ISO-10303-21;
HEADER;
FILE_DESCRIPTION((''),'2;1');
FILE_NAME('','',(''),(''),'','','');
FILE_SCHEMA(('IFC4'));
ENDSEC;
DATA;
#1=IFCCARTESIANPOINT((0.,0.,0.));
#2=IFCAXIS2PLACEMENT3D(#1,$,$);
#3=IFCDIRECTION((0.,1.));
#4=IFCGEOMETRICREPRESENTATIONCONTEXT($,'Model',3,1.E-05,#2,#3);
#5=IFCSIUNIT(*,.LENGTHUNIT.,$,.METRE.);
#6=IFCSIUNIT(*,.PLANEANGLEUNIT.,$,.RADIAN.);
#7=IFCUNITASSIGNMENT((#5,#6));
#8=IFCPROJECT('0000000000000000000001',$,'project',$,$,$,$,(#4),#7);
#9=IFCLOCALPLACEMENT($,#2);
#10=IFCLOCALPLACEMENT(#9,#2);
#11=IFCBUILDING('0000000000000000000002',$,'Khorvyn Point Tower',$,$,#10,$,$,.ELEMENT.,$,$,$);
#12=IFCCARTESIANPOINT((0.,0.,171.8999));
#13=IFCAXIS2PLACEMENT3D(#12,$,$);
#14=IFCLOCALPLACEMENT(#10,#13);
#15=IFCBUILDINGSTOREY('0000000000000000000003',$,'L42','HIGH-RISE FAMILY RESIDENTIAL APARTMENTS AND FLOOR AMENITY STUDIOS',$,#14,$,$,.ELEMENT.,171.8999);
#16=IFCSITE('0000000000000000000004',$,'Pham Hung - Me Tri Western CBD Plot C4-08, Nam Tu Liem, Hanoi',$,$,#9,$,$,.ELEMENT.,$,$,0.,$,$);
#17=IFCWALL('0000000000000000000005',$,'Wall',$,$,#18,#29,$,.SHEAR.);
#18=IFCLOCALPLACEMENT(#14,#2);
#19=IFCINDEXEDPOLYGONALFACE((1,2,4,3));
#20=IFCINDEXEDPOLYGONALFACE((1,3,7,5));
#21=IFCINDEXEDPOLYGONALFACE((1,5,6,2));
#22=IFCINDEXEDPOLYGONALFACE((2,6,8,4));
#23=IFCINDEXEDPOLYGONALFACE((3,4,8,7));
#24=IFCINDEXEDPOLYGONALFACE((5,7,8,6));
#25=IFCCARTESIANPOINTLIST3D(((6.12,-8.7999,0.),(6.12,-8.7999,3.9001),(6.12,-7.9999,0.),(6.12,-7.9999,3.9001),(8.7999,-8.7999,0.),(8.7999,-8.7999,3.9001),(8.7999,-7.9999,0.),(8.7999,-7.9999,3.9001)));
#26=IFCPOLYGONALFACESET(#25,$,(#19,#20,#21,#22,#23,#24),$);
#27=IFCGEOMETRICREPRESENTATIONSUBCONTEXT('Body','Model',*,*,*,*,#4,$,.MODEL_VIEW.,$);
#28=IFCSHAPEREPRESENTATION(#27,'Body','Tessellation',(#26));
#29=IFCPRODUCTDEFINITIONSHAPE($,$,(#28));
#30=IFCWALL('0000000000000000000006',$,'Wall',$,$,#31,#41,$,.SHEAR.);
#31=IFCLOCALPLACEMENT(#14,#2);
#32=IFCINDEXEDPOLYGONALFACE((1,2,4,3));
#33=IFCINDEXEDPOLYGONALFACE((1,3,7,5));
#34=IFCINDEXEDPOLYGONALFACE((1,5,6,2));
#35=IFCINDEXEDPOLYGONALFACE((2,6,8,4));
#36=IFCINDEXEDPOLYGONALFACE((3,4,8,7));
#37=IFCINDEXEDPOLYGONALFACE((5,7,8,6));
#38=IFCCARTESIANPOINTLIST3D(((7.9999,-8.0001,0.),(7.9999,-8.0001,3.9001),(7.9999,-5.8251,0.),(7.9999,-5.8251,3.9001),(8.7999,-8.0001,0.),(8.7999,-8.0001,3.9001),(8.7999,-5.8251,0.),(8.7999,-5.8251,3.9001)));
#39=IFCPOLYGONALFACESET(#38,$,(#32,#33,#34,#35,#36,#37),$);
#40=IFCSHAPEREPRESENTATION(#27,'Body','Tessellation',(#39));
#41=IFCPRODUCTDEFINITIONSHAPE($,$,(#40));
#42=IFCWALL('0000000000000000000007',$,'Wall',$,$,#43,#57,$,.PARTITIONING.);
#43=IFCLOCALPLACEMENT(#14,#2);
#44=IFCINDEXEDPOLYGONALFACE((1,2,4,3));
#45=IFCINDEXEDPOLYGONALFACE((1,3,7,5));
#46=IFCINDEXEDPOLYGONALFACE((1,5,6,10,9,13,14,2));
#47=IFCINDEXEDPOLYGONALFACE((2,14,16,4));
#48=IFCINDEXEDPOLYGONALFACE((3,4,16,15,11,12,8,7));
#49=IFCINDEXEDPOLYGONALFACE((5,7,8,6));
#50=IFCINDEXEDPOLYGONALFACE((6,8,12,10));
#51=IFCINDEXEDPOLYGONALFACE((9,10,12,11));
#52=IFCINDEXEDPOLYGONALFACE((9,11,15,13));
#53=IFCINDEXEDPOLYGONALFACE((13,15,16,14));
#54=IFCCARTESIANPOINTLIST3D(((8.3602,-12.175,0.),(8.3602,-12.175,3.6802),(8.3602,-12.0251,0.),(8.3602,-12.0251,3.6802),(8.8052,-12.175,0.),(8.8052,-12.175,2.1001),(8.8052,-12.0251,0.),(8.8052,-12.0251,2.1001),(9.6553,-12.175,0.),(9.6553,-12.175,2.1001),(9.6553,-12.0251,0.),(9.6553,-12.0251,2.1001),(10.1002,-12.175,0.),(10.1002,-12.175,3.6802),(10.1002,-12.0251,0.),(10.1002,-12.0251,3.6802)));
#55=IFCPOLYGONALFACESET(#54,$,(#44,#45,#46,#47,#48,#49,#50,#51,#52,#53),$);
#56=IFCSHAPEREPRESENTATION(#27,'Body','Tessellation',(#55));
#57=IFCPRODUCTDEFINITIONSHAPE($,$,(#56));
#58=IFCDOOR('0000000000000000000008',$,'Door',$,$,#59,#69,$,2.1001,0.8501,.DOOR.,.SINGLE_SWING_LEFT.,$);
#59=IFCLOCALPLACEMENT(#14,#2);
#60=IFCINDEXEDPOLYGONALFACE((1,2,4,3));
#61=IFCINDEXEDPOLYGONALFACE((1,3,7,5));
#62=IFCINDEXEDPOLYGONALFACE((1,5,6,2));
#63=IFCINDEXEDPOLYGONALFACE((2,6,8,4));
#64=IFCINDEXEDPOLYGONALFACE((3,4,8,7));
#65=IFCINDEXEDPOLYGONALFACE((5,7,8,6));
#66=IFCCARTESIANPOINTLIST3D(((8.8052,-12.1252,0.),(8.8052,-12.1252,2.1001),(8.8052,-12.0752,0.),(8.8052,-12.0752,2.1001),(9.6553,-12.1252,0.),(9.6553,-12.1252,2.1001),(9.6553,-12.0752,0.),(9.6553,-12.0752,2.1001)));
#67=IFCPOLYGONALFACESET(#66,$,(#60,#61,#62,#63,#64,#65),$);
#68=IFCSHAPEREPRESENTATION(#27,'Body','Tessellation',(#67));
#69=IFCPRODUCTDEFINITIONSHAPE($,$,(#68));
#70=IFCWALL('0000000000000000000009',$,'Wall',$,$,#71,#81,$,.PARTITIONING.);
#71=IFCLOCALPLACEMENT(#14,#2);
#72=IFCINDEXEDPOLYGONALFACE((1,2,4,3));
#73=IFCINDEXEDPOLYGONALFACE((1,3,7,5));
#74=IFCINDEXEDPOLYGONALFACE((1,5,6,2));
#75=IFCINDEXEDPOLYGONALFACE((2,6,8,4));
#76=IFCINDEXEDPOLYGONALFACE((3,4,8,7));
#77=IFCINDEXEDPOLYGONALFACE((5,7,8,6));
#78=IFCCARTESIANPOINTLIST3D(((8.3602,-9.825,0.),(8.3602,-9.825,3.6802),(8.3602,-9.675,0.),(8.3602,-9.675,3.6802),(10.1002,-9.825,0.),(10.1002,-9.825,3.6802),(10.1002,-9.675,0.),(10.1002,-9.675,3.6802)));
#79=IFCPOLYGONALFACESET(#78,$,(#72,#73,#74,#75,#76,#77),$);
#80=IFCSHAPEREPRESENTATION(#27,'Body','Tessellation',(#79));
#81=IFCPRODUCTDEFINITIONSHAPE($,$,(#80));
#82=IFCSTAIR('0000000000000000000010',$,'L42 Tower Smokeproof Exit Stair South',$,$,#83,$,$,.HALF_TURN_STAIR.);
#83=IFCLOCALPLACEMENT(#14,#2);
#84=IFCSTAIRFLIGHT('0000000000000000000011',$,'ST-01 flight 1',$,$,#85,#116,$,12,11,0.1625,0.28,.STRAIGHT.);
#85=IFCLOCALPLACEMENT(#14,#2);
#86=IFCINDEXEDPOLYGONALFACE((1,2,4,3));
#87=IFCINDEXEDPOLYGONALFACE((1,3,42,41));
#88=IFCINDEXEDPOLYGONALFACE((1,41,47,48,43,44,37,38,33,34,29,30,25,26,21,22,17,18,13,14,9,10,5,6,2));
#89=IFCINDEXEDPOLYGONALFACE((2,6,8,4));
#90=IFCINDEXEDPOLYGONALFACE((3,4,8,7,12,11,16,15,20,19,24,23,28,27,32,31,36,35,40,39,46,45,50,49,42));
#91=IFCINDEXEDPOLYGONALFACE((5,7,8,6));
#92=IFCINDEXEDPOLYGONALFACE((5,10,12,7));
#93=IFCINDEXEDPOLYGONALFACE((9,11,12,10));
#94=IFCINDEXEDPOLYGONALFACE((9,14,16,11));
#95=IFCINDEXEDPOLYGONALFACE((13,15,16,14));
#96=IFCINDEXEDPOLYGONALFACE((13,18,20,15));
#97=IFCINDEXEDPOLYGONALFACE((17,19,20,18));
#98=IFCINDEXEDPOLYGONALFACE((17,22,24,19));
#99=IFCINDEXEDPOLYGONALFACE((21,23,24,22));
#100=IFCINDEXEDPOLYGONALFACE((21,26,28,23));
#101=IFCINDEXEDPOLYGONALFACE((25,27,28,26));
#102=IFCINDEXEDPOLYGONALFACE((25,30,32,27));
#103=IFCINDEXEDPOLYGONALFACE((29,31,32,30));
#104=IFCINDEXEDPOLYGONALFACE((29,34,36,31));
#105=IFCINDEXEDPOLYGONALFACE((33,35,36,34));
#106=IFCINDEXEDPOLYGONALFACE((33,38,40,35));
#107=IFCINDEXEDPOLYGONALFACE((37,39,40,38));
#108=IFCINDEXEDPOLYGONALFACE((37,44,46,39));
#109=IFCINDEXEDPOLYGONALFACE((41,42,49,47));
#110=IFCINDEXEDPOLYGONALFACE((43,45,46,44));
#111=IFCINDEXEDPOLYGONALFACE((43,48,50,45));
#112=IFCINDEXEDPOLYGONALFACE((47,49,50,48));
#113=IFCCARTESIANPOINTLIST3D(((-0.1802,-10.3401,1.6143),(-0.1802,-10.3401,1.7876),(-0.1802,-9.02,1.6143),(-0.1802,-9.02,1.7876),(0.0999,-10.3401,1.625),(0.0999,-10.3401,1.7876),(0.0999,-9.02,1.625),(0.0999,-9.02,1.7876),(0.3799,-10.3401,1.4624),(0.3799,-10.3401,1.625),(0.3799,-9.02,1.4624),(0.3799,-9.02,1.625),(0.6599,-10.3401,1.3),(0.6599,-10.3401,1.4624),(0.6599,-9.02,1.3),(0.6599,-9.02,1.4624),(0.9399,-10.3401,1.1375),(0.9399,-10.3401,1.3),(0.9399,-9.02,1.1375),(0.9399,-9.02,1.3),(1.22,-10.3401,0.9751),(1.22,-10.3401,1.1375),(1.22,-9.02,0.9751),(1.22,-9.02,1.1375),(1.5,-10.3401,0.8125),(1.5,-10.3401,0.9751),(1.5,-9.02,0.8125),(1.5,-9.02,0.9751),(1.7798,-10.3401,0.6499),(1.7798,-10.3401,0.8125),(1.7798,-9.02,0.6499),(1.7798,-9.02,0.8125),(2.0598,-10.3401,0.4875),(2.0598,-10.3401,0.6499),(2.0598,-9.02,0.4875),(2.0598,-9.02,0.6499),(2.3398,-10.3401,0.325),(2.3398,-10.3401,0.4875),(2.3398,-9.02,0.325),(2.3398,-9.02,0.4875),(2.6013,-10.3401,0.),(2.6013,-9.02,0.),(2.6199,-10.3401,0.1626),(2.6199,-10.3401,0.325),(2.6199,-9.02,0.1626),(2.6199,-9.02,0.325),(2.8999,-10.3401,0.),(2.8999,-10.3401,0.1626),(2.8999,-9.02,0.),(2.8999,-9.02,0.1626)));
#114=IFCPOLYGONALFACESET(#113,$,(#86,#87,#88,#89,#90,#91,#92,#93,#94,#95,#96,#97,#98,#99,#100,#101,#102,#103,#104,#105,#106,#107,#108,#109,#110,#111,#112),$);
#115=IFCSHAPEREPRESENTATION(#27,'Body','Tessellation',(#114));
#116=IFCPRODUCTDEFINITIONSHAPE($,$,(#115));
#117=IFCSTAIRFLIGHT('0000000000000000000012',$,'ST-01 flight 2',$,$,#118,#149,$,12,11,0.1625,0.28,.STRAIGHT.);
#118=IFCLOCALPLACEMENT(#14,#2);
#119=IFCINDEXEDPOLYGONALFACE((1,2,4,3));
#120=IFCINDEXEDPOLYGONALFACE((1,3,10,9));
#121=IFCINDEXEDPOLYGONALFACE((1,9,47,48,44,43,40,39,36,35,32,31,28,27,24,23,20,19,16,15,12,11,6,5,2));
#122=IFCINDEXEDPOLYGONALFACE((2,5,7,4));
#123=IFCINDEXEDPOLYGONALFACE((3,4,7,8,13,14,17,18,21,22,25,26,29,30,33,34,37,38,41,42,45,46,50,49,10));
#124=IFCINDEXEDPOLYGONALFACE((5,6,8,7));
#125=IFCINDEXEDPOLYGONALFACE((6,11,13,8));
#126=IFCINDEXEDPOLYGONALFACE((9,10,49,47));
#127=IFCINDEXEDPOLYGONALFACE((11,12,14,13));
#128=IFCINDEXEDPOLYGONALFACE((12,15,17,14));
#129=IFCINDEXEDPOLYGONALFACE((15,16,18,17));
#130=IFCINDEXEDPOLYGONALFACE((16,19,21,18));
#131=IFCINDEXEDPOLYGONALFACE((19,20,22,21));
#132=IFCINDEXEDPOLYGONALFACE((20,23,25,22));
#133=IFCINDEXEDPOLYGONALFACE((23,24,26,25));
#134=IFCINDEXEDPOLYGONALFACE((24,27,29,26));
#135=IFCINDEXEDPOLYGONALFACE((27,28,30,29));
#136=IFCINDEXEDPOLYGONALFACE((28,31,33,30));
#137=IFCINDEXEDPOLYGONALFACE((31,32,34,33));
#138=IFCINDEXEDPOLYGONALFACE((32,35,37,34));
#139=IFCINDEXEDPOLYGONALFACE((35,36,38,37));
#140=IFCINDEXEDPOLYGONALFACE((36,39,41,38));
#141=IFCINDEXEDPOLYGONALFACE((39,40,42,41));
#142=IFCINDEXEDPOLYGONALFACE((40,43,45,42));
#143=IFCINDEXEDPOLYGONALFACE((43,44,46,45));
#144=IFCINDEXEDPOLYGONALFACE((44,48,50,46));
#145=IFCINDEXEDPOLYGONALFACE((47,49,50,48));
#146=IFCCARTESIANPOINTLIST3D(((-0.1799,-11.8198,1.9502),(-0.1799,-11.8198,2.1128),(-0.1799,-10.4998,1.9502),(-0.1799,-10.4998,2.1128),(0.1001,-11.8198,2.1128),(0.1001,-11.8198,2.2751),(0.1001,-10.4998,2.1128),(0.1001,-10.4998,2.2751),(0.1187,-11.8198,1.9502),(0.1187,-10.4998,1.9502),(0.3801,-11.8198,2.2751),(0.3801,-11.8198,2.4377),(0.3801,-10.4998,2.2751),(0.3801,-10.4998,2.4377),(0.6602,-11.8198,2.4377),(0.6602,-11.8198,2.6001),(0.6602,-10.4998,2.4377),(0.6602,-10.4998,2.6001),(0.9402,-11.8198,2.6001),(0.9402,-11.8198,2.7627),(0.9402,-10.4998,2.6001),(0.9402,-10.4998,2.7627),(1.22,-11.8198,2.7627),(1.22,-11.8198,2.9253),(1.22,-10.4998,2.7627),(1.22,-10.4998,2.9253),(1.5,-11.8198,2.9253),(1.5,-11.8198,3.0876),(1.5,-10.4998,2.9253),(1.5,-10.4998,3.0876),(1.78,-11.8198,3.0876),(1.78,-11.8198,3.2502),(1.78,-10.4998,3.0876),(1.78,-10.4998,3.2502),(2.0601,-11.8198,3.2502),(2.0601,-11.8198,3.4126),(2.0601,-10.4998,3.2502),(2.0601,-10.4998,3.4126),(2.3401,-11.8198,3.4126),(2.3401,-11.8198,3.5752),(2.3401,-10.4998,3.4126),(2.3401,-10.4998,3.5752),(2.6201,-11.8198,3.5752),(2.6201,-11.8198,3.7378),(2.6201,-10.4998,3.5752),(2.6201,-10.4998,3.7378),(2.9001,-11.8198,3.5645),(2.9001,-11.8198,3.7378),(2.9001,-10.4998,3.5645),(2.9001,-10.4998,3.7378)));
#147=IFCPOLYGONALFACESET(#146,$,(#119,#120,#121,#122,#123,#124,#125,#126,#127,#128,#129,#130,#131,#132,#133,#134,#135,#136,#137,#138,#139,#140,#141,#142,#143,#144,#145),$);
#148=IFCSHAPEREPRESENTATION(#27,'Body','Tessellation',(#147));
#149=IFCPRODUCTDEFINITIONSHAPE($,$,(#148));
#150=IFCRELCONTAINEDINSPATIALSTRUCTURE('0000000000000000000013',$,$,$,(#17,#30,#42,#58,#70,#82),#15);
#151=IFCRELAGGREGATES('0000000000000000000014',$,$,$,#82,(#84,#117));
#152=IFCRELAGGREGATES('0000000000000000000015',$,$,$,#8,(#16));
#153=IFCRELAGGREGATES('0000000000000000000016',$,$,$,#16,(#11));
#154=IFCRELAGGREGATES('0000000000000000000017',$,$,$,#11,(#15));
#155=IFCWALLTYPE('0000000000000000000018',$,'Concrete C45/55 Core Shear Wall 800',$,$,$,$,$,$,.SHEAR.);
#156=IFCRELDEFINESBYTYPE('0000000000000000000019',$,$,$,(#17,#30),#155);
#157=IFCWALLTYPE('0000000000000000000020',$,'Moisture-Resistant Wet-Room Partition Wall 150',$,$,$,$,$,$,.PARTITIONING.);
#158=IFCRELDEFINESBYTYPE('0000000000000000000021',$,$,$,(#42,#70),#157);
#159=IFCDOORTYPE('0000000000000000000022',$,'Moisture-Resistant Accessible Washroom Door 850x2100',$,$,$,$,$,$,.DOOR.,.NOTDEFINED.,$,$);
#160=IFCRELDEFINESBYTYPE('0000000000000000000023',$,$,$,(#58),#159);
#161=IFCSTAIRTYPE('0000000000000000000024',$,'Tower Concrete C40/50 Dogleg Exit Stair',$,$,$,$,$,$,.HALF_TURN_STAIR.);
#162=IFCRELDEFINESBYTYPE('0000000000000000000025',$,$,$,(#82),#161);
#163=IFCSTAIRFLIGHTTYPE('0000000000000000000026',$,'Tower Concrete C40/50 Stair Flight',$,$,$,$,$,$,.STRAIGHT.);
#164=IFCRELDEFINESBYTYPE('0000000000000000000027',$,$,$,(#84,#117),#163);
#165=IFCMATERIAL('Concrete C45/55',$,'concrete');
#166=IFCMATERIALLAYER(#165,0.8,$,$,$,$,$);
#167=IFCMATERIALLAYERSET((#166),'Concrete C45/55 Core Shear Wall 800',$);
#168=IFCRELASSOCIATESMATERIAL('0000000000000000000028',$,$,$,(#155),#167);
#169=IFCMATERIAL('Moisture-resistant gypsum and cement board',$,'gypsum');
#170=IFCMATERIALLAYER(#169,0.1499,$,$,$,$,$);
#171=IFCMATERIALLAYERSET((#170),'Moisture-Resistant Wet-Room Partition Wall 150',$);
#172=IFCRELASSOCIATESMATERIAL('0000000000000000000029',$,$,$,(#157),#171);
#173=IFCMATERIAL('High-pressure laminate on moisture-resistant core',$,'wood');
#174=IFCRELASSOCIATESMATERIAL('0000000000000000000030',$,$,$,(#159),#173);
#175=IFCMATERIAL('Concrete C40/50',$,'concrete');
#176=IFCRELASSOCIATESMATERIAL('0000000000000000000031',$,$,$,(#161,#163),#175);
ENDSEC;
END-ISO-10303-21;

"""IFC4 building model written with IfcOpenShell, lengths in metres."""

from ifc_helpers import new_model, si_unit, direction, frame, frame_2d, origin, place, context, subcontext, project, spatial, polyline, rectangle, outline, extrude, material, layer, layer_set, type_object, element, fill, aggregate, save


model = new_model("IFC4")

# Units and contexts
model_context = context("Model", 3, precision=1e-05, world=origin(), true_north=direction((0.0, 1.0)))
body_context = subcontext(model_context, "Body", "Model", "MODEL_VIEW")
ifc_project = project(units=[si_unit("LENGTHUNIT", "METRE"), si_unit("PLANEANGLEUNIT", "RADIAN")], contexts=[model_context])

# Site, building, storey
site_placement = place(None, origin())
site = spatial("IfcSite", under=ifc_project, at=site_placement, Name="Pham Hung - Me Tri Western CBD Plot C4-08, Nam Tu Liem, Hanoi", CompositionType="ELEMENT", RefElevation=0.0)
building_placement = place(site_placement, origin())
building = spatial("IfcBuilding", under=site, at=building_placement, Name="Khorvyn Point Tower", CompositionType="ELEMENT")
storey_placement = place(building_placement, frame((0.0, 0.0, 171.8999)))
storey = spatial("IfcBuildingStorey", under=building, at=storey_placement, Name="L42", Description="HIGH-RISE FAMILY RESIDENTIAL APARTMENTS AND FLOOR AMENITY STUDIOS", CompositionType="ELEMENT", Elevation=171.8999)

# Shared definitions
ifc_material_1 = material(Name="Concrete C45/55", Category="concrete")

# Shared definitions
ifc_material_2 = material(Name="Concrete C40/50", Category="concrete")

# Walls
ifc_layer_1 = layer(ifc_material_1, 0.8)
ifc_layer_set_1 = layer_set([ifc_layer_1], Name="Concrete C45/55 Core Shear Wall 800")
wall_type_1 = type_object("IfcWallType", Name="Concrete C45/55 Core Shear Wall 800", PredefinedType="SHEAR", material=ifc_layer_set_1)
wall_1_placement = place(storey_placement, frame((6.1201, -8.3999, 0.0), z_axis=(0.0, 0.0, 1.0), x_axis=(1.0, 0.0, 0.0)))
element("IfcWall", 1, at=wall_1_placement, inside=storey, type_object=wall_type_1, Name="Wall", PredefinedType="SHEAR", context=body_context, shape_type="SweptSolid", body=[
    extrude(rectangle(XDim=2.6799, YDim=0.8, at=frame_2d((1.3398, 0.0))), origin(), (0.0, 0.0, 1.0), 3.9001),
])
wall_2_placement = place(storey_placement, frame((8.3999, -8.0, 0.0), z_axis=(0.0, 0.0, 1.0), x_axis=(0.0, 1.0, 0.0)))
element("IfcWall", 2, at=wall_2_placement, inside=storey, type_object=wall_type_1, Name="Wall", PredefinedType="SHEAR", context=body_context, shape_type="SweptSolid", body=[
    extrude(rectangle(XDim=2.175, YDim=0.8, at=frame_2d((1.0874, 0.0))), origin(), (0.0, 0.0, 1.0), 3.9001),
])

# Wall, opening, door
ifc_material_3 = material(Name="Moisture-resistant gypsum and cement board", Category="gypsum")
ifc_layer_2 = layer(ifc_material_3, 0.1499)
ifc_layer_set_2 = layer_set([ifc_layer_2], Name="Moisture-Resistant Wet-Room Partition Wall 150")
wall_type_2 = type_object("IfcWallType", Name="Moisture-Resistant Wet-Room Partition Wall 150", PredefinedType="PARTITIONING", material=ifc_layer_set_2)
wall_3_placement = place(storey_placement, frame((8.3601, -12.1001, 0.0), z_axis=(0.0, 0.0, 1.0), x_axis=(1.0, 0.0, 0.0)))
wall_3 = element("IfcWall", 3, at=wall_3_placement, inside=storey, type_object=wall_type_2, Name="Wall", PredefinedType="PARTITIONING", context=body_context, shape_type="SweptSolid", body=[
    extrude(rectangle(XDim=1.74, YDim=0.1499, at=frame_2d((0.8701, 0.0))), origin(), (0.0, 0.0, 1.0), 3.6802),
])
opening_1_placement = place(wall_3_placement, frame((0.4451, 0.0, 0.0)))
opening_1 = element("IfcOpeningElement", 4, at=opening_1_placement, cuts=wall_3, PredefinedType="OPENING", context=body_context, shape_type="SweptSolid", body=[
    extrude(rectangle(XDim=0.8501, YDim=2.1001, at=frame_2d((0.425, 1.05))), frame((0.0, 0.085, 0.0), z_axis=(0.0, -1.0, 0.0), x_axis=(1.0, 0.0, 0.0)), (0.0, 0.0, 1.0), 0.1699),
])
ifc_material_4 = material(Name="High-pressure laminate on moisture-resistant core", Category="wood")
door_type_1 = type_object("IfcDoorType", Name="Moisture-Resistant Accessible Washroom Door 850x2100", OperationType="NOTDEFINED", PredefinedType="DOOR", material=ifc_material_4)
door_1_placement = place(opening_1_placement, origin())
door_1 = element("IfcDoor", 5, at=door_1_placement, inside=storey, type_object=door_type_1, Name="Door", OperationType="SINGLE_SWING_LEFT", OverallHeight=2.1001, OverallWidth=0.8501, PredefinedType="DOOR", context=body_context, shape_type="SweptSolid", body=[
    extrude(rectangle(XDim=0.8501, YDim=2.1001, at=frame_2d((0.425, 1.05))), frame((0.0, 0.0249, 0.0), z_axis=(0.0, -1.0, 0.0), x_axis=(1.0, 0.0, 0.0)), (0.0, 0.0, 1.0), 0.05),
])
fill(opening_1, door_1)

# Wall
wall_4_placement = place(storey_placement, frame((8.3601, -9.75, 0.0), z_axis=(0.0, 0.0, 1.0), x_axis=(1.0, 0.0, 0.0)))
element("IfcWall", 6, at=wall_4_placement, inside=storey, type_object=wall_type_2, Name="Wall", PredefinedType="PARTITIONING", context=body_context, shape_type="SweptSolid", body=[
    extrude(rectangle(XDim=1.74, YDim=0.1499, at=frame_2d((0.8701, 0.0))), origin(), (0.0, 0.0, 1.0), 3.6802),
])

# Stair, stair flights
stair_type = type_object("IfcStairType", Name="Tower Concrete C40/50 Dogleg Exit Stair", PredefinedType="HALF_TURN_STAIR", material=ifc_material_2)
stair_placement = place(storey_placement, origin())
stair = element("IfcStair", 7, at=stair_placement, inside=storey, type_object=stair_type, Name="L42 Tower Smokeproof Exit Stair South", PredefinedType="HALF_TURN_STAIR")
stair_flight_type = type_object("IfcStairFlightType", Name="Tower Concrete C40/50 Stair Flight", PredefinedType="STRAIGHT", material=ifc_material_2)
stair_flight_1_placement = place(storey_placement, frame((2.8999, -9.6799, 0.0), z_axis=(0.0, 0.0, 1.0), x_axis=(-1.0, 0.0, 0.0)))
stair_flight_1 = element("IfcStairFlight", 8, at=stair_flight_1_placement, type_object=stair_flight_type, Name="ST-01 flight 1", NumberOfRisers=12, NumberOfTreads=11, PredefinedType="STRAIGHT", RiserHeight=0.1625, TreadLength=0.28, context=body_context, shape_type="SweptSolid", body=[
    extrude(outline(polyline([(0.0, 0.0), (0.0, 0.1626), (0.28, 0.1626), (0.28, 0.325), (0.5601, 0.325), (0.5601, 0.4875), (0.8401, 0.4875), (0.8401, 0.6499), (1.1201, 0.6499), (1.1201, 0.8125), (1.3999, 0.8125), (1.3999, 0.9751), (1.6799, 0.9751), (1.6799, 1.1375), (1.96, 1.1375), (1.96, 1.3), (2.24, 1.3), (2.24, 1.4624), (2.52, 1.4624), (2.52, 1.625), (2.8, 1.625), (2.8, 1.7876), (3.0801, 1.7876), (3.0801, 1.95), (3.0801, 1.6143), (0.2986, 0.0), (0.0, 0.0)])), frame((0.0, 0.6602, 0.0), z_axis=(0.0, -1.0, 0.0), x_axis=(1.0, 0.0, 0.0)), (0.0, 0.0, 1.0), 1.3201),
])
stair_flight_2_placement = place(storey_placement, frame((-0.1799, -11.1599, 1.9502), z_axis=(0.0, 0.0, 1.0), x_axis=(1.0, 0.0, 0.0)))
stair_flight_2 = element("IfcStairFlight", 9, at=stair_flight_2_placement, type_object=stair_flight_type, Name="ST-01 flight 2", NumberOfRisers=12, NumberOfTreads=11, PredefinedType="STRAIGHT", RiserHeight=0.1625, TreadLength=0.28, context=body_context, shape_type="SweptSolid", body=[
    extrude(outline(polyline([(0.0, 0.0), (0.0, 0.1626), (0.28, 0.1626), (0.28, 0.325), (0.5601, 0.325), (0.5601, 0.4875), (0.8401, 0.4875), (0.8401, 0.6499), (1.1201, 0.6499), (1.1201, 0.8125), (1.3999, 0.8125), (1.3999, 0.9751), (1.6799, 0.9751), (1.6799, 1.1375), (1.96, 1.1375), (1.96, 1.3), (2.24, 1.3), (2.24, 1.4624), (2.52, 1.4624), (2.52, 1.625), (2.8, 1.625), (2.8, 1.7876), (3.0801, 1.7876), (3.0801, 1.95), (3.0801, 1.6143), (0.2986, 0.0), (0.0, 0.0)])), frame((0.0, 0.6602, 0.0), z_axis=(0.0, -1.0, 0.0), x_axis=(1.0, 0.0, 0.0)), (0.0, 0.0, 1.0), 1.3201),
])
aggregate(stair, [stair_flight_1, stair_flight_2])

save(model, "model.ifc")
